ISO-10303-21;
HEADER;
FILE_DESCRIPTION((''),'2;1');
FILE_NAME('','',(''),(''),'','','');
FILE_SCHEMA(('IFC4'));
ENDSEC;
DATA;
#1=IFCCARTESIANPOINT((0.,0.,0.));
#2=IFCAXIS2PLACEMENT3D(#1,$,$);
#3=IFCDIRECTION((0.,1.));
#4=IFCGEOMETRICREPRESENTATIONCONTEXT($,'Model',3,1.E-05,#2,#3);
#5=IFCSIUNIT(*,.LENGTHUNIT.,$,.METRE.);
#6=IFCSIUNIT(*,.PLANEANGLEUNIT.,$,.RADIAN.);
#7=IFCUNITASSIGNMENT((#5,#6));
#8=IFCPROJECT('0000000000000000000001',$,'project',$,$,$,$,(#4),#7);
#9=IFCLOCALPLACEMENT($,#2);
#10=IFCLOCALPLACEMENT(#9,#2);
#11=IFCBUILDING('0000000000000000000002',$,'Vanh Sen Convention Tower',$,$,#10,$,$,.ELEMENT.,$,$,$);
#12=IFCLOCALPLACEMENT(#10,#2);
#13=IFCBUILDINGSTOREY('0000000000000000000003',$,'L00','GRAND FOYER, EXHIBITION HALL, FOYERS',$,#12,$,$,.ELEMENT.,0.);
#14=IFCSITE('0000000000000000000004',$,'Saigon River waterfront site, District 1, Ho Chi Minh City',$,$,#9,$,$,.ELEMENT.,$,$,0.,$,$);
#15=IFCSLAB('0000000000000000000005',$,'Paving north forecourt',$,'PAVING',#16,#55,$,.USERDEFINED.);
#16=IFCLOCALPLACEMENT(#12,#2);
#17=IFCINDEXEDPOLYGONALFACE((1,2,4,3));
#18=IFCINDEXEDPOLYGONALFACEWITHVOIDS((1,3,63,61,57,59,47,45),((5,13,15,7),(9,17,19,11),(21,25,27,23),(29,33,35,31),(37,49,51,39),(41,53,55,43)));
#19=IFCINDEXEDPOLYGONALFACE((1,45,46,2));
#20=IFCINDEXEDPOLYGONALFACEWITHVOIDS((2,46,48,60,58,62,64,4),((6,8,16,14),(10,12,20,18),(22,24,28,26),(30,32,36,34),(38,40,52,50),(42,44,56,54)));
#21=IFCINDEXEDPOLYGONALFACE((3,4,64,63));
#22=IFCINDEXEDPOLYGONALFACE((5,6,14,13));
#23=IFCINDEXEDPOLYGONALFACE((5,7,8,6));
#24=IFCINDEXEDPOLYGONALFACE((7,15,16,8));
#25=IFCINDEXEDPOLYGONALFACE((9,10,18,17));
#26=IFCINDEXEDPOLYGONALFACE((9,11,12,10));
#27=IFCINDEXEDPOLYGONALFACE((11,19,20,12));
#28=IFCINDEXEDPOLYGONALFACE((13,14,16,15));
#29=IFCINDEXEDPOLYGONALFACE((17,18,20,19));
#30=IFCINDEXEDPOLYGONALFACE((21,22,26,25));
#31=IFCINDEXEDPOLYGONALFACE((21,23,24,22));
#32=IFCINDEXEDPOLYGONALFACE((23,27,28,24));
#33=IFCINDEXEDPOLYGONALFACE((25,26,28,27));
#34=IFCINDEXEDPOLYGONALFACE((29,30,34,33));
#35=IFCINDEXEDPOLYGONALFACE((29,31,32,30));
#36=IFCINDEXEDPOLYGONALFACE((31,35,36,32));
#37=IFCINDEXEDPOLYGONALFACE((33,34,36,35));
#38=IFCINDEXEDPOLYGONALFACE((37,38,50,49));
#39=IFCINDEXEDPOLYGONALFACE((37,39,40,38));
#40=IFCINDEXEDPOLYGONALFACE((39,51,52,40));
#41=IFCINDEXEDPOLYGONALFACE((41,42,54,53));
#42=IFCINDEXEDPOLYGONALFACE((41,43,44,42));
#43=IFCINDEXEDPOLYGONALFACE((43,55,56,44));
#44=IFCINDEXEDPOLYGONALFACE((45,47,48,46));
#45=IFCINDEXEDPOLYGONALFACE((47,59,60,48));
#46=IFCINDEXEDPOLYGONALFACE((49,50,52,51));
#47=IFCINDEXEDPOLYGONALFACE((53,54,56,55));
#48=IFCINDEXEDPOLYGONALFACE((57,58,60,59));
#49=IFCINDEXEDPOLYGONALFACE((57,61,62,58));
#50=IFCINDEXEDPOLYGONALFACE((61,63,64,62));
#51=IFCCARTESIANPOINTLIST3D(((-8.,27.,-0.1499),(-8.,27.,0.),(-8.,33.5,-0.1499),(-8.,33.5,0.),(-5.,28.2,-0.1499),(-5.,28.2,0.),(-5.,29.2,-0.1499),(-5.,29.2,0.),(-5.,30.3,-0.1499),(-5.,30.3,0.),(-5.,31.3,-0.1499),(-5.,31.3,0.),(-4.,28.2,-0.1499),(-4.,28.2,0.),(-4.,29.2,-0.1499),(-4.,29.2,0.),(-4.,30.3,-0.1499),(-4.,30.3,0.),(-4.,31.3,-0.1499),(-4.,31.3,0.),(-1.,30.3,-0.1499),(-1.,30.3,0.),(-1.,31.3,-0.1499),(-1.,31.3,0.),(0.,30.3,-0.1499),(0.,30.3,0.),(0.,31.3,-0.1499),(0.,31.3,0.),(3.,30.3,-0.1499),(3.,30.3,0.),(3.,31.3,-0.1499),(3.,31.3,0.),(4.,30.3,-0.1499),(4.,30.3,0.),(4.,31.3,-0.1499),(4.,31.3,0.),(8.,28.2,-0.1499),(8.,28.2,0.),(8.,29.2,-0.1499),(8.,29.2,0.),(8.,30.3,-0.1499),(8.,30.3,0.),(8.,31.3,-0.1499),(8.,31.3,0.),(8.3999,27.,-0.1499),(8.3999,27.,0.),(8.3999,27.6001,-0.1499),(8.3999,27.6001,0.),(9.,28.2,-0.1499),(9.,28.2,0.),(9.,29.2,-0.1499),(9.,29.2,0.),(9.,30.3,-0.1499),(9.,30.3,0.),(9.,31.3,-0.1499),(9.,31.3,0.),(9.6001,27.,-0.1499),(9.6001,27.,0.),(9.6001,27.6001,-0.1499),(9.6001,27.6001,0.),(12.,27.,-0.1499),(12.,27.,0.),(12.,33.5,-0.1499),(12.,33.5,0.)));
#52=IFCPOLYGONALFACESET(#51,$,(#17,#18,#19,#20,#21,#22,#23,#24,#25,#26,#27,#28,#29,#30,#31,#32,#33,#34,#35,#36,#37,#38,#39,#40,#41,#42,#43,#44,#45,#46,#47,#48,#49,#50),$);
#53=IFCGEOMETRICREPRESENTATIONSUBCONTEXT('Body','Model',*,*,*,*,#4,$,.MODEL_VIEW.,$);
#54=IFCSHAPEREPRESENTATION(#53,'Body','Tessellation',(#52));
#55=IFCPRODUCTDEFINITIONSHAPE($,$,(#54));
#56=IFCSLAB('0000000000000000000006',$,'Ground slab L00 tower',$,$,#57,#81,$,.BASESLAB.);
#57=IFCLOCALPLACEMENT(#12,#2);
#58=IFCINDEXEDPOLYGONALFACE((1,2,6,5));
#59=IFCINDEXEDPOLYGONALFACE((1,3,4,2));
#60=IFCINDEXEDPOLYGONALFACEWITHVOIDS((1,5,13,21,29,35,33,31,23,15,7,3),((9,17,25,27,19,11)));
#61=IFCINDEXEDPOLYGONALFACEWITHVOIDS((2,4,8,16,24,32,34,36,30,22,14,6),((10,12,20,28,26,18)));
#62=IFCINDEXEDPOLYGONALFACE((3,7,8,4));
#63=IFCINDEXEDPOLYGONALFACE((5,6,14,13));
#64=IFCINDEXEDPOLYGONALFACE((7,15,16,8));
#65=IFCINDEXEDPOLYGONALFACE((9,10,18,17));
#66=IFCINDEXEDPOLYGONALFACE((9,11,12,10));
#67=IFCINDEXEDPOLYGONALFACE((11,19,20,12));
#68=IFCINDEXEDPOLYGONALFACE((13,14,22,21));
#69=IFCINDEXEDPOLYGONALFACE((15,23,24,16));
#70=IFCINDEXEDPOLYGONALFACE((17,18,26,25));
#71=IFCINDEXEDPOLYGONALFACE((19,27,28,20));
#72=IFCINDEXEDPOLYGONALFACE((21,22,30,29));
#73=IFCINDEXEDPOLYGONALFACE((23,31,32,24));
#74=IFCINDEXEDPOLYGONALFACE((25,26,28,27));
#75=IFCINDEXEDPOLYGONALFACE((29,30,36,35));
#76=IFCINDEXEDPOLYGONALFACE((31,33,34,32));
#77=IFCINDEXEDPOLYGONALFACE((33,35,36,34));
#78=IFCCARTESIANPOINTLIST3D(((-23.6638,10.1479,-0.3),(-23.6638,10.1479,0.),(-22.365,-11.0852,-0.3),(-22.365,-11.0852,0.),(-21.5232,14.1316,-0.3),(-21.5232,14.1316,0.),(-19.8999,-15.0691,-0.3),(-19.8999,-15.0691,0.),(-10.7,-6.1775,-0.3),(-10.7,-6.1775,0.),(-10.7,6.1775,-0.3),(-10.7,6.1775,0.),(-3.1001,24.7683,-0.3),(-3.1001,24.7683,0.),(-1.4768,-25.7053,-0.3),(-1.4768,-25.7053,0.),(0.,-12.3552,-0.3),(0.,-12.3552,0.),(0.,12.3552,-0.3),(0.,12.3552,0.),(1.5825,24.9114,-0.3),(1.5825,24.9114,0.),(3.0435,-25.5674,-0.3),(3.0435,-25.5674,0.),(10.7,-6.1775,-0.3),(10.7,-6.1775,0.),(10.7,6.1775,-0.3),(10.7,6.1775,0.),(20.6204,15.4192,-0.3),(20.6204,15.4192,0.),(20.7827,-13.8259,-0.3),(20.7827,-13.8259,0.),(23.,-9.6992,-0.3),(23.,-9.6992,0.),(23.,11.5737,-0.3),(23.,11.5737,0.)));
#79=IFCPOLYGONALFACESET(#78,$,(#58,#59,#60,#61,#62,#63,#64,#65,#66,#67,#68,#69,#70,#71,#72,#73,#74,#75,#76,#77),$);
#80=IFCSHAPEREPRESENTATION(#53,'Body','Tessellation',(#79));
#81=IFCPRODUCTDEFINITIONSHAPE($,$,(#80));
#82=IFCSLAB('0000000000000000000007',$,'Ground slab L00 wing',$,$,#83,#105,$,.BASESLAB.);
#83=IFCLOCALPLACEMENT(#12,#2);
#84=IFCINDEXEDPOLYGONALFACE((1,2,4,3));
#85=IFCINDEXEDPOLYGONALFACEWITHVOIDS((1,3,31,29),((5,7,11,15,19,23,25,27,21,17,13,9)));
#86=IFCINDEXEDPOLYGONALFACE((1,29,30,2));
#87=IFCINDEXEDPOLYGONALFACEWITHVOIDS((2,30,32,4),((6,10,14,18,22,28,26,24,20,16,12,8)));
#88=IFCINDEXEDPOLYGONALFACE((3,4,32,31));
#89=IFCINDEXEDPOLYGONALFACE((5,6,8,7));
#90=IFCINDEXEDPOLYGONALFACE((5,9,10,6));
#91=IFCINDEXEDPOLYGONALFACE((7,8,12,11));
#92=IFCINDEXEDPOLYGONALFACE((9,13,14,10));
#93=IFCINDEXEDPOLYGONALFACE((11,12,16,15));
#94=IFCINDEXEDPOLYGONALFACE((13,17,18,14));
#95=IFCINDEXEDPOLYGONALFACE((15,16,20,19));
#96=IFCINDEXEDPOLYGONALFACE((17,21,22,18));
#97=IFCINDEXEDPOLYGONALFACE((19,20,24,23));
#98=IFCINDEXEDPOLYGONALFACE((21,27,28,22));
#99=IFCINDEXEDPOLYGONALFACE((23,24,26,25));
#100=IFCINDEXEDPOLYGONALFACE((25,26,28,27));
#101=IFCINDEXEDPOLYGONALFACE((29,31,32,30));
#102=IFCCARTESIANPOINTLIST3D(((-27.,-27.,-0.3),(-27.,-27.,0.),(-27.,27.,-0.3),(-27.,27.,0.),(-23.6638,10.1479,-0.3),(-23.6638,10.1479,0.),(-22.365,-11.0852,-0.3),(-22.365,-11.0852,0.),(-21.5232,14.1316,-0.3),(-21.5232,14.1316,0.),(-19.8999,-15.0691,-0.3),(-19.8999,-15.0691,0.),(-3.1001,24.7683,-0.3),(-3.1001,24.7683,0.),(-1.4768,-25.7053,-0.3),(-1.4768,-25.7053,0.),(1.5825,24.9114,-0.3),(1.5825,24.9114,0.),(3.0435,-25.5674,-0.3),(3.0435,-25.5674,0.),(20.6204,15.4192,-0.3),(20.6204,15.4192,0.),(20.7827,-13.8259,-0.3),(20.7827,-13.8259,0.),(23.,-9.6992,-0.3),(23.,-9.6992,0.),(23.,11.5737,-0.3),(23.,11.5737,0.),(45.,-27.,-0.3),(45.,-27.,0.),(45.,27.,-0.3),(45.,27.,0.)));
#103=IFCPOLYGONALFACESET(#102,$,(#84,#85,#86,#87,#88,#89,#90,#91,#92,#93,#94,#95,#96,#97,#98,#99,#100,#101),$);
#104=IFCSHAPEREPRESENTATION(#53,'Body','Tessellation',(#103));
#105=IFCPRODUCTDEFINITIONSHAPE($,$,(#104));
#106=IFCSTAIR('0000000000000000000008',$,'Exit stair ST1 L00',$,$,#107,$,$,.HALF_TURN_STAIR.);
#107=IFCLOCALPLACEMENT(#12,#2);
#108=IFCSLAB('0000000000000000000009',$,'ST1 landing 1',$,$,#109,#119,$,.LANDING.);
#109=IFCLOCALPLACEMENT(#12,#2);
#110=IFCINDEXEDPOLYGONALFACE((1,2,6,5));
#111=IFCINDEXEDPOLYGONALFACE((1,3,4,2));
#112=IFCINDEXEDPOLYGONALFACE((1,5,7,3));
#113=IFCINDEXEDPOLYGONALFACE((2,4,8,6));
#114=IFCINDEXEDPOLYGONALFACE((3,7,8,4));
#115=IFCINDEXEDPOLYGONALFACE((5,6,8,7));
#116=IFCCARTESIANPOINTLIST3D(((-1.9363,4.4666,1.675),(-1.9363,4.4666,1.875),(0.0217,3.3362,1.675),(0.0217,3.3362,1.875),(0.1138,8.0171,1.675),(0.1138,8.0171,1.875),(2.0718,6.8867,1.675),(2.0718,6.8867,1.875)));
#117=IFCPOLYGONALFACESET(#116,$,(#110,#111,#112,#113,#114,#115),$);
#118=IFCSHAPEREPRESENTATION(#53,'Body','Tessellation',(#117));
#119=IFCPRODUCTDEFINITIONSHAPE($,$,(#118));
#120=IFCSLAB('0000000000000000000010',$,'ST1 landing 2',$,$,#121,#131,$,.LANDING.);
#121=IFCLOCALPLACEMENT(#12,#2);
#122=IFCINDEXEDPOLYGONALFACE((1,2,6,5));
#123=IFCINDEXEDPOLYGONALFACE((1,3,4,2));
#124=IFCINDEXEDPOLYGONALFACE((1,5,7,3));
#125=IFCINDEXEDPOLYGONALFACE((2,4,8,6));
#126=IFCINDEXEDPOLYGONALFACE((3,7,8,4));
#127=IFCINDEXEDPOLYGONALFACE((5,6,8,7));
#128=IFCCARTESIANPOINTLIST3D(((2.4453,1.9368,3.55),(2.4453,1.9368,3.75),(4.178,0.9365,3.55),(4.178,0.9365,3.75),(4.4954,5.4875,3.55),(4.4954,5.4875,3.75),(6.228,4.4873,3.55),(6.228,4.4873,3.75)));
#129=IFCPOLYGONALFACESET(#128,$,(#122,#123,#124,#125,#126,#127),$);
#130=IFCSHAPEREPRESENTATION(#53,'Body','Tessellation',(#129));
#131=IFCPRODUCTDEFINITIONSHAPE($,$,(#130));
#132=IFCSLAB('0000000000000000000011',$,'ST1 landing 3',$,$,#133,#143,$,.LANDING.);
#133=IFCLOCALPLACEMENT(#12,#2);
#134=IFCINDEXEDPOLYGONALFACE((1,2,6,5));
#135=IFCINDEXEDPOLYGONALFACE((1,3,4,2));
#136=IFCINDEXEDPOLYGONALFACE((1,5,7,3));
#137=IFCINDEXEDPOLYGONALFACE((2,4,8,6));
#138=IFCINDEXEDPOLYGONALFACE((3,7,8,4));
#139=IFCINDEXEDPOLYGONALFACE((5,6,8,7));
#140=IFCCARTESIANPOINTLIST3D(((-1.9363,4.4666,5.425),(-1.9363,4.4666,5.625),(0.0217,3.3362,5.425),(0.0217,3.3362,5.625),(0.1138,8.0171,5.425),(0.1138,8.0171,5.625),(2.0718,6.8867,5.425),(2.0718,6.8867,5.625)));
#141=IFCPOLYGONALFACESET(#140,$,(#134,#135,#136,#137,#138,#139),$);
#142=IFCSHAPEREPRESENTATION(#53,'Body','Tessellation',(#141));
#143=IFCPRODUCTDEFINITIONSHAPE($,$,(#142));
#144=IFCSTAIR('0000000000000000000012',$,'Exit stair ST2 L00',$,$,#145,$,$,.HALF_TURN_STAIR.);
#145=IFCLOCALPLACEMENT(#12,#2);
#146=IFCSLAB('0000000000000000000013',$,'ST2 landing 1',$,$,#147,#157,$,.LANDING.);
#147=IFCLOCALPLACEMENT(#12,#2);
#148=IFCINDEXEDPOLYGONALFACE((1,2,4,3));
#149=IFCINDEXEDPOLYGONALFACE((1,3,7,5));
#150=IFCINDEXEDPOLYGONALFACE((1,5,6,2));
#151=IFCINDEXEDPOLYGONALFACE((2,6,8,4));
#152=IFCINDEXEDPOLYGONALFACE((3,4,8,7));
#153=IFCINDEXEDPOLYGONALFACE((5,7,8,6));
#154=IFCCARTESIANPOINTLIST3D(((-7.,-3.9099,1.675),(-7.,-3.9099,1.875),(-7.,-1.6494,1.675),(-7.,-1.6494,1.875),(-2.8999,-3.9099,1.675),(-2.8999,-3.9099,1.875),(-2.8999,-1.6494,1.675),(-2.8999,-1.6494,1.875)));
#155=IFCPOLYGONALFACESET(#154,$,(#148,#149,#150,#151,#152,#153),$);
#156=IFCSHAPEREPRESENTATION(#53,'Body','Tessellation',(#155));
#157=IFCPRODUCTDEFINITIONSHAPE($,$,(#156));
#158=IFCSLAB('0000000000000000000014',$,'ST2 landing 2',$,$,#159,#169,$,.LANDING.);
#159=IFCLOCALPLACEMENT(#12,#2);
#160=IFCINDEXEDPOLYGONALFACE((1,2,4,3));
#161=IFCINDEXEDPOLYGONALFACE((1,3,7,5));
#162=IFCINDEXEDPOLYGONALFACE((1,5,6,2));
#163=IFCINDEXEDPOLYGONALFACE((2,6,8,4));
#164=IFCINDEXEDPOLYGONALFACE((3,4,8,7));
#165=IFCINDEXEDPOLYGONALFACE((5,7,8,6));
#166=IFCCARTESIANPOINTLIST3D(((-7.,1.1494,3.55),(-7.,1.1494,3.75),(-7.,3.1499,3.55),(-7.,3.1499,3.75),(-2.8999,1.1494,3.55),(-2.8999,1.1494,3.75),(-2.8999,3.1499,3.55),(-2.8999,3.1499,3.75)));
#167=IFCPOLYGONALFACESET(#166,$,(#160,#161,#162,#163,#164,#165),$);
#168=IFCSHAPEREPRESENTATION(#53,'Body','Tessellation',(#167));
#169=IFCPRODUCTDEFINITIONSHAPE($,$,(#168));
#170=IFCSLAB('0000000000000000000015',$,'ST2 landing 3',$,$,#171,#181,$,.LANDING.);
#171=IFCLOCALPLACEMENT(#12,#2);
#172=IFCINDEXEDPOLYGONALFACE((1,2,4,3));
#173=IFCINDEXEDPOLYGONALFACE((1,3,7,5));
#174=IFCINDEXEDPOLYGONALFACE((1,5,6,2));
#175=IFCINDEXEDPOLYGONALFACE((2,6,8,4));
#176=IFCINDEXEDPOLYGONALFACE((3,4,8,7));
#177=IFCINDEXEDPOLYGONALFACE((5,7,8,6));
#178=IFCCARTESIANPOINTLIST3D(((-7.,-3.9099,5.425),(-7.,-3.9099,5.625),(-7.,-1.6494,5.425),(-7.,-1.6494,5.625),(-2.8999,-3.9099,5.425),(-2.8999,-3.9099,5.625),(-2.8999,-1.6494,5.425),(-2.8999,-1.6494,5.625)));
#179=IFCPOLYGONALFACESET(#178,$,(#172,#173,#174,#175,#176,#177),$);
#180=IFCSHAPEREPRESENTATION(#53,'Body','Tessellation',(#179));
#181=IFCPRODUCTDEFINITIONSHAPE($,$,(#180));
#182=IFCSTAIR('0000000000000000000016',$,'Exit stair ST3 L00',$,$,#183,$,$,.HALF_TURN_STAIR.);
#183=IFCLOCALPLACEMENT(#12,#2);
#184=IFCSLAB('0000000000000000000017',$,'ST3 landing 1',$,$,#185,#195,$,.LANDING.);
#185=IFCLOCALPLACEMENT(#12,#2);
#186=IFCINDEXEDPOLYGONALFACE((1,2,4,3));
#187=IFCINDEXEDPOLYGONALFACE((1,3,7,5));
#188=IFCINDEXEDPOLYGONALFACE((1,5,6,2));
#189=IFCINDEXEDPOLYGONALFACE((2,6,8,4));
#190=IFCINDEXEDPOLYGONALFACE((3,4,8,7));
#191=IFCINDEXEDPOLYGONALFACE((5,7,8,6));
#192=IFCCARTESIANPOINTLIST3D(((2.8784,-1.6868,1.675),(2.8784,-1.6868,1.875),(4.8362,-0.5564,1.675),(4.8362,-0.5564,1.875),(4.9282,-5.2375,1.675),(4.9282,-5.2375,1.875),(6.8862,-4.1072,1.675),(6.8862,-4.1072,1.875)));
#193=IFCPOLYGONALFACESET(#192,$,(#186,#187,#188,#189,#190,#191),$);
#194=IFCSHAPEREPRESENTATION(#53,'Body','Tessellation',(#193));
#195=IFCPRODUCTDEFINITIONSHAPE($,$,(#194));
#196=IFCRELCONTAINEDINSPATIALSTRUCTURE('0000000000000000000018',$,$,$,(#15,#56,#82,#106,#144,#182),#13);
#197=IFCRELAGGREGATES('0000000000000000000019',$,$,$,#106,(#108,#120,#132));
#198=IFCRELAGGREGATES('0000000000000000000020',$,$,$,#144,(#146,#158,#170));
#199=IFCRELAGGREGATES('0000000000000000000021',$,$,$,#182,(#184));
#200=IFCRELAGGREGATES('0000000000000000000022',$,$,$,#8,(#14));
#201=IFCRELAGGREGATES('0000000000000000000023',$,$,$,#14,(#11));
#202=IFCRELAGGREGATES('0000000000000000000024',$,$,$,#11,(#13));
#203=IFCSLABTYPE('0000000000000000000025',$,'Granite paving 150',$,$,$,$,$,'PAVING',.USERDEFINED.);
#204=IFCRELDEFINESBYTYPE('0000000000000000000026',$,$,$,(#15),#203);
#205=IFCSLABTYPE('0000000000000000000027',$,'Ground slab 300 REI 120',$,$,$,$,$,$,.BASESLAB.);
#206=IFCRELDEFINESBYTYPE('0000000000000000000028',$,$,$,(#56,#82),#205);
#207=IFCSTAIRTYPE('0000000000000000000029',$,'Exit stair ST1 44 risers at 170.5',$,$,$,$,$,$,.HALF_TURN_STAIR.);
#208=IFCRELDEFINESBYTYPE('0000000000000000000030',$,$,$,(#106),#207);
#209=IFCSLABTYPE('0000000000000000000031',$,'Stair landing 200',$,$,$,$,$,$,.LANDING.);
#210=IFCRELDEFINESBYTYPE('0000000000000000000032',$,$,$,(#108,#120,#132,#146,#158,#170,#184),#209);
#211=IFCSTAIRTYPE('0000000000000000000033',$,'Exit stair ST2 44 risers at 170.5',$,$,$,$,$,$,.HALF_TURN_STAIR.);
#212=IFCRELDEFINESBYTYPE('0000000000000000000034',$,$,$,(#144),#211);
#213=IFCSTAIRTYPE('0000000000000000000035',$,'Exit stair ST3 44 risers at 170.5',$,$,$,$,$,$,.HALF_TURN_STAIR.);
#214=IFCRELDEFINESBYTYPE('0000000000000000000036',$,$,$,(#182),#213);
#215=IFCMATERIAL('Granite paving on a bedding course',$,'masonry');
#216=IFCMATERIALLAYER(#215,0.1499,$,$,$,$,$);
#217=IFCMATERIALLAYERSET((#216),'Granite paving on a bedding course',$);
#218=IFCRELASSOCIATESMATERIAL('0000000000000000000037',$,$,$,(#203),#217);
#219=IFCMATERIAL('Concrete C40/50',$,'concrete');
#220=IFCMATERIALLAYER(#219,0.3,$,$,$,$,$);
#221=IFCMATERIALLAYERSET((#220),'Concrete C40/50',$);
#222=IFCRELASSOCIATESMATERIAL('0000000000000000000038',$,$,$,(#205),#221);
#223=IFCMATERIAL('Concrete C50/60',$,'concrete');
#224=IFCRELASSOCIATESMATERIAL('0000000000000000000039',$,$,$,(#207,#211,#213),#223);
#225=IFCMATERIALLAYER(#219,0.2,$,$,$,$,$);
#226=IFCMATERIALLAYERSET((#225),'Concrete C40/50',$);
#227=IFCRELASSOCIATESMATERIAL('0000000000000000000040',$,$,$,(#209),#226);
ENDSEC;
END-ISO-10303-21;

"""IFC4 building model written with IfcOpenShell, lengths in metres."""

from ifc_helpers import new_model, si_unit, direction, frame, origin, place, context, subcontext, project, spatial, polyline, outline, extrude, material, layer, layer_set, type_object, element, aggregate, save


model = new_model("IFC4")

# Units and contexts
model_context = context("Model", 3, precision=1e-05, world=origin(), true_north=direction((0.0, 1.0)))
body_context = subcontext(model_context, "Body", "Model", "MODEL_VIEW")
ifc_project = project(units=[si_unit("LENGTHUNIT", "METRE"), si_unit("PLANEANGLEUNIT", "RADIAN")], contexts=[model_context])

# Site, building, storey
site_placement = place(None, origin())
site = spatial("IfcSite", under=ifc_project, at=site_placement, Name="Saigon River waterfront site, District 1, Ho Chi Minh City", CompositionType="ELEMENT", RefElevation=0.0)
building_placement = place(site_placement, origin())
building = spatial("IfcBuilding", under=site, at=building_placement, Name="Vanh Sen Convention Tower", CompositionType="ELEMENT")
storey_placement = place(building_placement, origin())
storey = spatial("IfcBuildingStorey", under=building, at=storey_placement, Name="L00", Description="GRAND FOYER, EXHIBITION HALL, FOYERS", CompositionType="ELEMENT", Elevation=0.0)

# Shared definitions
ifc_material_1 = material(Name="Concrete C40/50", Category="concrete")

# Slabs
ifc_material_2 = material(Name="Granite paving on a bedding course", Category="masonry")
ifc_layer_1 = layer(ifc_material_2, 0.1499)
ifc_layer_set_1 = layer_set([ifc_layer_1], Name="Granite paving on a bedding course")
slab_type_1 = type_object("IfcSlabType", Name="Granite paving 150", ElementType="PAVING", PredefinedType="USERDEFINED", material=ifc_layer_set_1)
slab_1_placement = place(storey_placement, frame((0.0, 0.0, -0.1499)))
element("IfcSlab", 1, at=slab_1_placement, inside=storey, type_object=slab_type_1, Name="Paving north forecourt", ObjectType="PAVING", PredefinedType="USERDEFINED", context=body_context, shape_type="SweptSolid", body=[
    extrude(outline(polyline([(-8.0, 27.0), (8.3999, 27.0), (8.3999, 27.6001), (9.6001, 27.6001), (9.6001, 27.0), (12.0, 27.0), (12.0, 33.5), (-8.0, 33.5), (-8.0, 27.0)]), holes=[polyline([(-4.0, 28.2), (-4.0, 29.2), (-5.0, 29.2), (-5.0, 28.2), (-4.0, 28.2)]), polyline([(9.0, 28.2), (9.0, 29.2), (8.0, 29.2), (8.0, 28.2), (9.0, 28.2)]), polyline([(-4.0, 31.3), (-5.0, 31.3), (-5.0, 30.3), (-4.0, 30.3), (-4.0, 31.3)]), polyline([(0.0, 30.3), (0.0, 31.3), (-1.0, 31.3), (-1.0, 30.3), (0.0, 30.3)]), polyline([(4.0, 30.3), (4.0, 31.3), (3.0, 31.3), (3.0, 30.3), (4.0, 30.3)]), polyline([(9.0, 31.3), (8.0, 31.3), (8.0, 30.3), (9.0, 30.3), (9.0, 31.3)])]), origin(), (0.0, 0.0, 1.0), 0.1499),
])
ifc_layer_2 = layer(ifc_material_1, 0.3)
ifc_layer_set_2 = layer_set([ifc_layer_2], Name="Concrete C40/50")
slab_type_2 = type_object("IfcSlabType", Name="Ground slab 300 REI 120", PredefinedType="BASESLAB", material=ifc_layer_set_2)
slab_2_placement = place(storey_placement, frame((0.0, 0.0, -0.3)))
element("IfcSlab", 2, at=slab_2_placement, inside=storey, type_object=slab_type_2, Name="Ground slab L00 tower", PredefinedType="BASESLAB", context=body_context, shape_type="SweptSolid", body=[
    extrude(outline(polyline([(23.0, -9.6992), (23.0, 11.5737), (20.6204, 15.4192), (1.5825, 24.9114), (-3.1001, 24.7683), (-21.5232, 14.1316), (-23.6638, 10.1479), (-22.365, -11.0852), (-19.8999, -15.0691), (-1.4768, -25.7053), (3.0435, -25.5674), (20.7827, -13.8259), (23.0, -9.6992)]), holes=[polyline([(0.0, 12.3552), (-10.7, 6.1775), (-10.7, -6.1775), (0.0, -12.3552), (10.7, -6.1775), (10.7, 6.1775), (0.0, 12.3552)])]), origin(), (0.0, 0.0, 1.0), 0.3),
])
slab_3_placement = place(storey_placement, frame((0.0, 0.0, -0.3)))
element("IfcSlab", 3, at=slab_3_placement, inside=storey, type_object=slab_type_2, Name="Ground slab L00 wing", PredefinedType="BASESLAB", context=body_context, shape_type="SweptSolid", body=[
    extrude(outline(polyline([(-27.0, -27.0), (45.0, -27.0), (45.0, 27.0), (-27.0, 27.0), (-27.0, -27.0)]), holes=[polyline([(23.0, 11.5737), (20.6204, 15.4192), (1.5825, 24.9114), (-3.1001, 24.7683), (-21.5232, 14.1316), (-23.6638, 10.1479), (-22.365, -11.0852), (-19.8999, -15.0691), (-1.4768, -25.7053), (3.0435, -25.5674), (20.7827, -13.8259), (23.0, -9.6992), (23.0, 11.5737)])]), origin(), (0.0, 0.0, 1.0), 0.3),
])

# Stairs, slabs
ifc_material_3 = material(Name="Concrete C50/60", Category="concrete")
stair_type_1 = type_object("IfcStairType", Name="Exit stair ST1 44 risers at 170.5", PredefinedType="HALF_TURN_STAIR", material=ifc_material_3)
stair_1_placement = place(storey_placement, origin())
stair_1 = element("IfcStair", 4, at=stair_1_placement, inside=storey, type_object=stair_type_1, Name="Exit stair ST1 L00", PredefinedType="HALF_TURN_STAIR")
ifc_layer_3 = layer(ifc_material_1, 0.2)
ifc_layer_set_3 = layer_set([ifc_layer_3], Name="Concrete C40/50")
slab_type_3 = type_object("IfcSlabType", Name="Stair landing 200", PredefinedType="LANDING", material=ifc_layer_set_3)
slab_4_placement = place(storey_placement, frame((0.0, 0.0, 1.675)))
slab_4 = element("IfcSlab", 5, at=slab_4_placement, type_object=slab_type_3, Name="ST1 landing 1", PredefinedType="LANDING", context=body_context, shape_type="SweptSolid", body=[
    extrude(outline(polyline([(2.0718, 6.8867), (0.1138, 8.0171), (-1.9363, 4.4666), (0.0217, 3.3362), (2.0718, 6.8867)])), origin(), (0.0, 0.0, 1.0), 0.2),
])
slab_5_placement = place(storey_placement, frame((0.0, 0.0, 3.55)))
slab_5 = element("IfcSlab", 6, at=slab_5_placement, type_object=slab_type_3, Name="ST1 landing 2", PredefinedType="LANDING", context=body_context, shape_type="SweptSolid", body=[
    extrude(outline(polyline([(6.228, 4.4873), (4.4954, 5.4875), (2.4453, 1.9368), (4.178, 0.9365), (6.228, 4.4873)])), origin(), (0.0, 0.0, 1.0), 0.2),
])
slab_6_placement = place(storey_placement, frame((0.0, 0.0, 5.425)))
slab_6 = element("IfcSlab", 7, at=slab_6_placement, type_object=slab_type_3, Name="ST1 landing 3", PredefinedType="LANDING", context=body_context, shape_type="SweptSolid", body=[
    extrude(outline(polyline([(2.0718, 6.8867), (0.1138, 8.0171), (-1.9363, 4.4666), (0.0217, 3.3362), (2.0718, 6.8867)])), origin(), (0.0, 0.0, 1.0), 0.2),
])
aggregate(stair_1, [slab_4, slab_5, slab_6])
stair_type_2 = type_object("IfcStairType", Name="Exit stair ST2 44 risers at 170.5", PredefinedType="HALF_TURN_STAIR", material=ifc_material_3)
stair_2_placement = place(storey_placement, origin())
stair_2 = element("IfcStair", 8, at=stair_2_placement, inside=storey, type_object=stair_type_2, Name="Exit stair ST2 L00", PredefinedType="HALF_TURN_STAIR")
slab_7_placement = place(storey_placement, frame((0.0, 0.0, 1.675)))
slab_7 = element("IfcSlab", 9, at=slab_7_placement, type_object=slab_type_3, Name="ST2 landing 1", PredefinedType="LANDING", context=body_context, shape_type="SweptSolid", body=[
    extrude(outline(polyline([(-7.0, -1.6494), (-7.0, -3.9099), (-2.8999, -3.9099), (-2.8999, -1.6494), (-7.0, -1.6494)])), origin(), (0.0, 0.0, 1.0), 0.2),
])
slab_8_placement = place(storey_placement, frame((0.0, 0.0, 3.55)))
slab_8 = element("IfcSlab", 10, at=slab_8_placement, type_object=slab_type_3, Name="ST2 landing 2", PredefinedType="LANDING", context=body_context, shape_type="SweptSolid", body=[
    extrude(outline(polyline([(-7.0, 3.1499), (-7.0, 1.1494), (-2.8999, 1.1494), (-2.8999, 3.1499), (-7.0, 3.1499)])), origin(), (0.0, 0.0, 1.0), 0.2),
])
slab_9_placement = place(storey_placement, frame((0.0, 0.0, 5.425)))
slab_9 = element("IfcSlab", 11, at=slab_9_placement, type_object=slab_type_3, Name="ST2 landing 3", PredefinedType="LANDING", context=body_context, shape_type="SweptSolid", body=[
    extrude(outline(polyline([(-7.0, -1.6494), (-7.0, -3.9099), (-2.8999, -3.9099), (-2.8999, -1.6494), (-7.0, -1.6494)])), origin(), (0.0, 0.0, 1.0), 0.2),
])
aggregate(stair_2, [slab_7, slab_8, slab_9])
stair_type_3 = type_object("IfcStairType", Name="Exit stair ST3 44 risers at 170.5", PredefinedType="HALF_TURN_STAIR", material=ifc_material_3)
stair_3_placement = place(storey_placement, origin())
stair_3 = element("IfcStair", 12, at=stair_3_placement, inside=storey, type_object=stair_type_3, Name="Exit stair ST3 L00", PredefinedType="HALF_TURN_STAIR")
slab_10_placement = place(storey_placement, frame((0.0, 0.0, 1.675)))
slab_10 = element("IfcSlab", 13, at=slab_10_placement, type_object=slab_type_3, Name="ST3 landing 1", PredefinedType="LANDING", context=body_context, shape_type="SweptSolid", body=[
    extrude(outline(polyline([(4.9282, -5.2375), (6.8862, -4.1072), (4.8362, -0.5564), (2.8784, -1.6868), (4.9282, -5.2375)])), origin(), (0.0, 0.0, 1.0), 0.2),
])
aggregate(stair_3, [slab_10])

save(model, "model.ifc")
